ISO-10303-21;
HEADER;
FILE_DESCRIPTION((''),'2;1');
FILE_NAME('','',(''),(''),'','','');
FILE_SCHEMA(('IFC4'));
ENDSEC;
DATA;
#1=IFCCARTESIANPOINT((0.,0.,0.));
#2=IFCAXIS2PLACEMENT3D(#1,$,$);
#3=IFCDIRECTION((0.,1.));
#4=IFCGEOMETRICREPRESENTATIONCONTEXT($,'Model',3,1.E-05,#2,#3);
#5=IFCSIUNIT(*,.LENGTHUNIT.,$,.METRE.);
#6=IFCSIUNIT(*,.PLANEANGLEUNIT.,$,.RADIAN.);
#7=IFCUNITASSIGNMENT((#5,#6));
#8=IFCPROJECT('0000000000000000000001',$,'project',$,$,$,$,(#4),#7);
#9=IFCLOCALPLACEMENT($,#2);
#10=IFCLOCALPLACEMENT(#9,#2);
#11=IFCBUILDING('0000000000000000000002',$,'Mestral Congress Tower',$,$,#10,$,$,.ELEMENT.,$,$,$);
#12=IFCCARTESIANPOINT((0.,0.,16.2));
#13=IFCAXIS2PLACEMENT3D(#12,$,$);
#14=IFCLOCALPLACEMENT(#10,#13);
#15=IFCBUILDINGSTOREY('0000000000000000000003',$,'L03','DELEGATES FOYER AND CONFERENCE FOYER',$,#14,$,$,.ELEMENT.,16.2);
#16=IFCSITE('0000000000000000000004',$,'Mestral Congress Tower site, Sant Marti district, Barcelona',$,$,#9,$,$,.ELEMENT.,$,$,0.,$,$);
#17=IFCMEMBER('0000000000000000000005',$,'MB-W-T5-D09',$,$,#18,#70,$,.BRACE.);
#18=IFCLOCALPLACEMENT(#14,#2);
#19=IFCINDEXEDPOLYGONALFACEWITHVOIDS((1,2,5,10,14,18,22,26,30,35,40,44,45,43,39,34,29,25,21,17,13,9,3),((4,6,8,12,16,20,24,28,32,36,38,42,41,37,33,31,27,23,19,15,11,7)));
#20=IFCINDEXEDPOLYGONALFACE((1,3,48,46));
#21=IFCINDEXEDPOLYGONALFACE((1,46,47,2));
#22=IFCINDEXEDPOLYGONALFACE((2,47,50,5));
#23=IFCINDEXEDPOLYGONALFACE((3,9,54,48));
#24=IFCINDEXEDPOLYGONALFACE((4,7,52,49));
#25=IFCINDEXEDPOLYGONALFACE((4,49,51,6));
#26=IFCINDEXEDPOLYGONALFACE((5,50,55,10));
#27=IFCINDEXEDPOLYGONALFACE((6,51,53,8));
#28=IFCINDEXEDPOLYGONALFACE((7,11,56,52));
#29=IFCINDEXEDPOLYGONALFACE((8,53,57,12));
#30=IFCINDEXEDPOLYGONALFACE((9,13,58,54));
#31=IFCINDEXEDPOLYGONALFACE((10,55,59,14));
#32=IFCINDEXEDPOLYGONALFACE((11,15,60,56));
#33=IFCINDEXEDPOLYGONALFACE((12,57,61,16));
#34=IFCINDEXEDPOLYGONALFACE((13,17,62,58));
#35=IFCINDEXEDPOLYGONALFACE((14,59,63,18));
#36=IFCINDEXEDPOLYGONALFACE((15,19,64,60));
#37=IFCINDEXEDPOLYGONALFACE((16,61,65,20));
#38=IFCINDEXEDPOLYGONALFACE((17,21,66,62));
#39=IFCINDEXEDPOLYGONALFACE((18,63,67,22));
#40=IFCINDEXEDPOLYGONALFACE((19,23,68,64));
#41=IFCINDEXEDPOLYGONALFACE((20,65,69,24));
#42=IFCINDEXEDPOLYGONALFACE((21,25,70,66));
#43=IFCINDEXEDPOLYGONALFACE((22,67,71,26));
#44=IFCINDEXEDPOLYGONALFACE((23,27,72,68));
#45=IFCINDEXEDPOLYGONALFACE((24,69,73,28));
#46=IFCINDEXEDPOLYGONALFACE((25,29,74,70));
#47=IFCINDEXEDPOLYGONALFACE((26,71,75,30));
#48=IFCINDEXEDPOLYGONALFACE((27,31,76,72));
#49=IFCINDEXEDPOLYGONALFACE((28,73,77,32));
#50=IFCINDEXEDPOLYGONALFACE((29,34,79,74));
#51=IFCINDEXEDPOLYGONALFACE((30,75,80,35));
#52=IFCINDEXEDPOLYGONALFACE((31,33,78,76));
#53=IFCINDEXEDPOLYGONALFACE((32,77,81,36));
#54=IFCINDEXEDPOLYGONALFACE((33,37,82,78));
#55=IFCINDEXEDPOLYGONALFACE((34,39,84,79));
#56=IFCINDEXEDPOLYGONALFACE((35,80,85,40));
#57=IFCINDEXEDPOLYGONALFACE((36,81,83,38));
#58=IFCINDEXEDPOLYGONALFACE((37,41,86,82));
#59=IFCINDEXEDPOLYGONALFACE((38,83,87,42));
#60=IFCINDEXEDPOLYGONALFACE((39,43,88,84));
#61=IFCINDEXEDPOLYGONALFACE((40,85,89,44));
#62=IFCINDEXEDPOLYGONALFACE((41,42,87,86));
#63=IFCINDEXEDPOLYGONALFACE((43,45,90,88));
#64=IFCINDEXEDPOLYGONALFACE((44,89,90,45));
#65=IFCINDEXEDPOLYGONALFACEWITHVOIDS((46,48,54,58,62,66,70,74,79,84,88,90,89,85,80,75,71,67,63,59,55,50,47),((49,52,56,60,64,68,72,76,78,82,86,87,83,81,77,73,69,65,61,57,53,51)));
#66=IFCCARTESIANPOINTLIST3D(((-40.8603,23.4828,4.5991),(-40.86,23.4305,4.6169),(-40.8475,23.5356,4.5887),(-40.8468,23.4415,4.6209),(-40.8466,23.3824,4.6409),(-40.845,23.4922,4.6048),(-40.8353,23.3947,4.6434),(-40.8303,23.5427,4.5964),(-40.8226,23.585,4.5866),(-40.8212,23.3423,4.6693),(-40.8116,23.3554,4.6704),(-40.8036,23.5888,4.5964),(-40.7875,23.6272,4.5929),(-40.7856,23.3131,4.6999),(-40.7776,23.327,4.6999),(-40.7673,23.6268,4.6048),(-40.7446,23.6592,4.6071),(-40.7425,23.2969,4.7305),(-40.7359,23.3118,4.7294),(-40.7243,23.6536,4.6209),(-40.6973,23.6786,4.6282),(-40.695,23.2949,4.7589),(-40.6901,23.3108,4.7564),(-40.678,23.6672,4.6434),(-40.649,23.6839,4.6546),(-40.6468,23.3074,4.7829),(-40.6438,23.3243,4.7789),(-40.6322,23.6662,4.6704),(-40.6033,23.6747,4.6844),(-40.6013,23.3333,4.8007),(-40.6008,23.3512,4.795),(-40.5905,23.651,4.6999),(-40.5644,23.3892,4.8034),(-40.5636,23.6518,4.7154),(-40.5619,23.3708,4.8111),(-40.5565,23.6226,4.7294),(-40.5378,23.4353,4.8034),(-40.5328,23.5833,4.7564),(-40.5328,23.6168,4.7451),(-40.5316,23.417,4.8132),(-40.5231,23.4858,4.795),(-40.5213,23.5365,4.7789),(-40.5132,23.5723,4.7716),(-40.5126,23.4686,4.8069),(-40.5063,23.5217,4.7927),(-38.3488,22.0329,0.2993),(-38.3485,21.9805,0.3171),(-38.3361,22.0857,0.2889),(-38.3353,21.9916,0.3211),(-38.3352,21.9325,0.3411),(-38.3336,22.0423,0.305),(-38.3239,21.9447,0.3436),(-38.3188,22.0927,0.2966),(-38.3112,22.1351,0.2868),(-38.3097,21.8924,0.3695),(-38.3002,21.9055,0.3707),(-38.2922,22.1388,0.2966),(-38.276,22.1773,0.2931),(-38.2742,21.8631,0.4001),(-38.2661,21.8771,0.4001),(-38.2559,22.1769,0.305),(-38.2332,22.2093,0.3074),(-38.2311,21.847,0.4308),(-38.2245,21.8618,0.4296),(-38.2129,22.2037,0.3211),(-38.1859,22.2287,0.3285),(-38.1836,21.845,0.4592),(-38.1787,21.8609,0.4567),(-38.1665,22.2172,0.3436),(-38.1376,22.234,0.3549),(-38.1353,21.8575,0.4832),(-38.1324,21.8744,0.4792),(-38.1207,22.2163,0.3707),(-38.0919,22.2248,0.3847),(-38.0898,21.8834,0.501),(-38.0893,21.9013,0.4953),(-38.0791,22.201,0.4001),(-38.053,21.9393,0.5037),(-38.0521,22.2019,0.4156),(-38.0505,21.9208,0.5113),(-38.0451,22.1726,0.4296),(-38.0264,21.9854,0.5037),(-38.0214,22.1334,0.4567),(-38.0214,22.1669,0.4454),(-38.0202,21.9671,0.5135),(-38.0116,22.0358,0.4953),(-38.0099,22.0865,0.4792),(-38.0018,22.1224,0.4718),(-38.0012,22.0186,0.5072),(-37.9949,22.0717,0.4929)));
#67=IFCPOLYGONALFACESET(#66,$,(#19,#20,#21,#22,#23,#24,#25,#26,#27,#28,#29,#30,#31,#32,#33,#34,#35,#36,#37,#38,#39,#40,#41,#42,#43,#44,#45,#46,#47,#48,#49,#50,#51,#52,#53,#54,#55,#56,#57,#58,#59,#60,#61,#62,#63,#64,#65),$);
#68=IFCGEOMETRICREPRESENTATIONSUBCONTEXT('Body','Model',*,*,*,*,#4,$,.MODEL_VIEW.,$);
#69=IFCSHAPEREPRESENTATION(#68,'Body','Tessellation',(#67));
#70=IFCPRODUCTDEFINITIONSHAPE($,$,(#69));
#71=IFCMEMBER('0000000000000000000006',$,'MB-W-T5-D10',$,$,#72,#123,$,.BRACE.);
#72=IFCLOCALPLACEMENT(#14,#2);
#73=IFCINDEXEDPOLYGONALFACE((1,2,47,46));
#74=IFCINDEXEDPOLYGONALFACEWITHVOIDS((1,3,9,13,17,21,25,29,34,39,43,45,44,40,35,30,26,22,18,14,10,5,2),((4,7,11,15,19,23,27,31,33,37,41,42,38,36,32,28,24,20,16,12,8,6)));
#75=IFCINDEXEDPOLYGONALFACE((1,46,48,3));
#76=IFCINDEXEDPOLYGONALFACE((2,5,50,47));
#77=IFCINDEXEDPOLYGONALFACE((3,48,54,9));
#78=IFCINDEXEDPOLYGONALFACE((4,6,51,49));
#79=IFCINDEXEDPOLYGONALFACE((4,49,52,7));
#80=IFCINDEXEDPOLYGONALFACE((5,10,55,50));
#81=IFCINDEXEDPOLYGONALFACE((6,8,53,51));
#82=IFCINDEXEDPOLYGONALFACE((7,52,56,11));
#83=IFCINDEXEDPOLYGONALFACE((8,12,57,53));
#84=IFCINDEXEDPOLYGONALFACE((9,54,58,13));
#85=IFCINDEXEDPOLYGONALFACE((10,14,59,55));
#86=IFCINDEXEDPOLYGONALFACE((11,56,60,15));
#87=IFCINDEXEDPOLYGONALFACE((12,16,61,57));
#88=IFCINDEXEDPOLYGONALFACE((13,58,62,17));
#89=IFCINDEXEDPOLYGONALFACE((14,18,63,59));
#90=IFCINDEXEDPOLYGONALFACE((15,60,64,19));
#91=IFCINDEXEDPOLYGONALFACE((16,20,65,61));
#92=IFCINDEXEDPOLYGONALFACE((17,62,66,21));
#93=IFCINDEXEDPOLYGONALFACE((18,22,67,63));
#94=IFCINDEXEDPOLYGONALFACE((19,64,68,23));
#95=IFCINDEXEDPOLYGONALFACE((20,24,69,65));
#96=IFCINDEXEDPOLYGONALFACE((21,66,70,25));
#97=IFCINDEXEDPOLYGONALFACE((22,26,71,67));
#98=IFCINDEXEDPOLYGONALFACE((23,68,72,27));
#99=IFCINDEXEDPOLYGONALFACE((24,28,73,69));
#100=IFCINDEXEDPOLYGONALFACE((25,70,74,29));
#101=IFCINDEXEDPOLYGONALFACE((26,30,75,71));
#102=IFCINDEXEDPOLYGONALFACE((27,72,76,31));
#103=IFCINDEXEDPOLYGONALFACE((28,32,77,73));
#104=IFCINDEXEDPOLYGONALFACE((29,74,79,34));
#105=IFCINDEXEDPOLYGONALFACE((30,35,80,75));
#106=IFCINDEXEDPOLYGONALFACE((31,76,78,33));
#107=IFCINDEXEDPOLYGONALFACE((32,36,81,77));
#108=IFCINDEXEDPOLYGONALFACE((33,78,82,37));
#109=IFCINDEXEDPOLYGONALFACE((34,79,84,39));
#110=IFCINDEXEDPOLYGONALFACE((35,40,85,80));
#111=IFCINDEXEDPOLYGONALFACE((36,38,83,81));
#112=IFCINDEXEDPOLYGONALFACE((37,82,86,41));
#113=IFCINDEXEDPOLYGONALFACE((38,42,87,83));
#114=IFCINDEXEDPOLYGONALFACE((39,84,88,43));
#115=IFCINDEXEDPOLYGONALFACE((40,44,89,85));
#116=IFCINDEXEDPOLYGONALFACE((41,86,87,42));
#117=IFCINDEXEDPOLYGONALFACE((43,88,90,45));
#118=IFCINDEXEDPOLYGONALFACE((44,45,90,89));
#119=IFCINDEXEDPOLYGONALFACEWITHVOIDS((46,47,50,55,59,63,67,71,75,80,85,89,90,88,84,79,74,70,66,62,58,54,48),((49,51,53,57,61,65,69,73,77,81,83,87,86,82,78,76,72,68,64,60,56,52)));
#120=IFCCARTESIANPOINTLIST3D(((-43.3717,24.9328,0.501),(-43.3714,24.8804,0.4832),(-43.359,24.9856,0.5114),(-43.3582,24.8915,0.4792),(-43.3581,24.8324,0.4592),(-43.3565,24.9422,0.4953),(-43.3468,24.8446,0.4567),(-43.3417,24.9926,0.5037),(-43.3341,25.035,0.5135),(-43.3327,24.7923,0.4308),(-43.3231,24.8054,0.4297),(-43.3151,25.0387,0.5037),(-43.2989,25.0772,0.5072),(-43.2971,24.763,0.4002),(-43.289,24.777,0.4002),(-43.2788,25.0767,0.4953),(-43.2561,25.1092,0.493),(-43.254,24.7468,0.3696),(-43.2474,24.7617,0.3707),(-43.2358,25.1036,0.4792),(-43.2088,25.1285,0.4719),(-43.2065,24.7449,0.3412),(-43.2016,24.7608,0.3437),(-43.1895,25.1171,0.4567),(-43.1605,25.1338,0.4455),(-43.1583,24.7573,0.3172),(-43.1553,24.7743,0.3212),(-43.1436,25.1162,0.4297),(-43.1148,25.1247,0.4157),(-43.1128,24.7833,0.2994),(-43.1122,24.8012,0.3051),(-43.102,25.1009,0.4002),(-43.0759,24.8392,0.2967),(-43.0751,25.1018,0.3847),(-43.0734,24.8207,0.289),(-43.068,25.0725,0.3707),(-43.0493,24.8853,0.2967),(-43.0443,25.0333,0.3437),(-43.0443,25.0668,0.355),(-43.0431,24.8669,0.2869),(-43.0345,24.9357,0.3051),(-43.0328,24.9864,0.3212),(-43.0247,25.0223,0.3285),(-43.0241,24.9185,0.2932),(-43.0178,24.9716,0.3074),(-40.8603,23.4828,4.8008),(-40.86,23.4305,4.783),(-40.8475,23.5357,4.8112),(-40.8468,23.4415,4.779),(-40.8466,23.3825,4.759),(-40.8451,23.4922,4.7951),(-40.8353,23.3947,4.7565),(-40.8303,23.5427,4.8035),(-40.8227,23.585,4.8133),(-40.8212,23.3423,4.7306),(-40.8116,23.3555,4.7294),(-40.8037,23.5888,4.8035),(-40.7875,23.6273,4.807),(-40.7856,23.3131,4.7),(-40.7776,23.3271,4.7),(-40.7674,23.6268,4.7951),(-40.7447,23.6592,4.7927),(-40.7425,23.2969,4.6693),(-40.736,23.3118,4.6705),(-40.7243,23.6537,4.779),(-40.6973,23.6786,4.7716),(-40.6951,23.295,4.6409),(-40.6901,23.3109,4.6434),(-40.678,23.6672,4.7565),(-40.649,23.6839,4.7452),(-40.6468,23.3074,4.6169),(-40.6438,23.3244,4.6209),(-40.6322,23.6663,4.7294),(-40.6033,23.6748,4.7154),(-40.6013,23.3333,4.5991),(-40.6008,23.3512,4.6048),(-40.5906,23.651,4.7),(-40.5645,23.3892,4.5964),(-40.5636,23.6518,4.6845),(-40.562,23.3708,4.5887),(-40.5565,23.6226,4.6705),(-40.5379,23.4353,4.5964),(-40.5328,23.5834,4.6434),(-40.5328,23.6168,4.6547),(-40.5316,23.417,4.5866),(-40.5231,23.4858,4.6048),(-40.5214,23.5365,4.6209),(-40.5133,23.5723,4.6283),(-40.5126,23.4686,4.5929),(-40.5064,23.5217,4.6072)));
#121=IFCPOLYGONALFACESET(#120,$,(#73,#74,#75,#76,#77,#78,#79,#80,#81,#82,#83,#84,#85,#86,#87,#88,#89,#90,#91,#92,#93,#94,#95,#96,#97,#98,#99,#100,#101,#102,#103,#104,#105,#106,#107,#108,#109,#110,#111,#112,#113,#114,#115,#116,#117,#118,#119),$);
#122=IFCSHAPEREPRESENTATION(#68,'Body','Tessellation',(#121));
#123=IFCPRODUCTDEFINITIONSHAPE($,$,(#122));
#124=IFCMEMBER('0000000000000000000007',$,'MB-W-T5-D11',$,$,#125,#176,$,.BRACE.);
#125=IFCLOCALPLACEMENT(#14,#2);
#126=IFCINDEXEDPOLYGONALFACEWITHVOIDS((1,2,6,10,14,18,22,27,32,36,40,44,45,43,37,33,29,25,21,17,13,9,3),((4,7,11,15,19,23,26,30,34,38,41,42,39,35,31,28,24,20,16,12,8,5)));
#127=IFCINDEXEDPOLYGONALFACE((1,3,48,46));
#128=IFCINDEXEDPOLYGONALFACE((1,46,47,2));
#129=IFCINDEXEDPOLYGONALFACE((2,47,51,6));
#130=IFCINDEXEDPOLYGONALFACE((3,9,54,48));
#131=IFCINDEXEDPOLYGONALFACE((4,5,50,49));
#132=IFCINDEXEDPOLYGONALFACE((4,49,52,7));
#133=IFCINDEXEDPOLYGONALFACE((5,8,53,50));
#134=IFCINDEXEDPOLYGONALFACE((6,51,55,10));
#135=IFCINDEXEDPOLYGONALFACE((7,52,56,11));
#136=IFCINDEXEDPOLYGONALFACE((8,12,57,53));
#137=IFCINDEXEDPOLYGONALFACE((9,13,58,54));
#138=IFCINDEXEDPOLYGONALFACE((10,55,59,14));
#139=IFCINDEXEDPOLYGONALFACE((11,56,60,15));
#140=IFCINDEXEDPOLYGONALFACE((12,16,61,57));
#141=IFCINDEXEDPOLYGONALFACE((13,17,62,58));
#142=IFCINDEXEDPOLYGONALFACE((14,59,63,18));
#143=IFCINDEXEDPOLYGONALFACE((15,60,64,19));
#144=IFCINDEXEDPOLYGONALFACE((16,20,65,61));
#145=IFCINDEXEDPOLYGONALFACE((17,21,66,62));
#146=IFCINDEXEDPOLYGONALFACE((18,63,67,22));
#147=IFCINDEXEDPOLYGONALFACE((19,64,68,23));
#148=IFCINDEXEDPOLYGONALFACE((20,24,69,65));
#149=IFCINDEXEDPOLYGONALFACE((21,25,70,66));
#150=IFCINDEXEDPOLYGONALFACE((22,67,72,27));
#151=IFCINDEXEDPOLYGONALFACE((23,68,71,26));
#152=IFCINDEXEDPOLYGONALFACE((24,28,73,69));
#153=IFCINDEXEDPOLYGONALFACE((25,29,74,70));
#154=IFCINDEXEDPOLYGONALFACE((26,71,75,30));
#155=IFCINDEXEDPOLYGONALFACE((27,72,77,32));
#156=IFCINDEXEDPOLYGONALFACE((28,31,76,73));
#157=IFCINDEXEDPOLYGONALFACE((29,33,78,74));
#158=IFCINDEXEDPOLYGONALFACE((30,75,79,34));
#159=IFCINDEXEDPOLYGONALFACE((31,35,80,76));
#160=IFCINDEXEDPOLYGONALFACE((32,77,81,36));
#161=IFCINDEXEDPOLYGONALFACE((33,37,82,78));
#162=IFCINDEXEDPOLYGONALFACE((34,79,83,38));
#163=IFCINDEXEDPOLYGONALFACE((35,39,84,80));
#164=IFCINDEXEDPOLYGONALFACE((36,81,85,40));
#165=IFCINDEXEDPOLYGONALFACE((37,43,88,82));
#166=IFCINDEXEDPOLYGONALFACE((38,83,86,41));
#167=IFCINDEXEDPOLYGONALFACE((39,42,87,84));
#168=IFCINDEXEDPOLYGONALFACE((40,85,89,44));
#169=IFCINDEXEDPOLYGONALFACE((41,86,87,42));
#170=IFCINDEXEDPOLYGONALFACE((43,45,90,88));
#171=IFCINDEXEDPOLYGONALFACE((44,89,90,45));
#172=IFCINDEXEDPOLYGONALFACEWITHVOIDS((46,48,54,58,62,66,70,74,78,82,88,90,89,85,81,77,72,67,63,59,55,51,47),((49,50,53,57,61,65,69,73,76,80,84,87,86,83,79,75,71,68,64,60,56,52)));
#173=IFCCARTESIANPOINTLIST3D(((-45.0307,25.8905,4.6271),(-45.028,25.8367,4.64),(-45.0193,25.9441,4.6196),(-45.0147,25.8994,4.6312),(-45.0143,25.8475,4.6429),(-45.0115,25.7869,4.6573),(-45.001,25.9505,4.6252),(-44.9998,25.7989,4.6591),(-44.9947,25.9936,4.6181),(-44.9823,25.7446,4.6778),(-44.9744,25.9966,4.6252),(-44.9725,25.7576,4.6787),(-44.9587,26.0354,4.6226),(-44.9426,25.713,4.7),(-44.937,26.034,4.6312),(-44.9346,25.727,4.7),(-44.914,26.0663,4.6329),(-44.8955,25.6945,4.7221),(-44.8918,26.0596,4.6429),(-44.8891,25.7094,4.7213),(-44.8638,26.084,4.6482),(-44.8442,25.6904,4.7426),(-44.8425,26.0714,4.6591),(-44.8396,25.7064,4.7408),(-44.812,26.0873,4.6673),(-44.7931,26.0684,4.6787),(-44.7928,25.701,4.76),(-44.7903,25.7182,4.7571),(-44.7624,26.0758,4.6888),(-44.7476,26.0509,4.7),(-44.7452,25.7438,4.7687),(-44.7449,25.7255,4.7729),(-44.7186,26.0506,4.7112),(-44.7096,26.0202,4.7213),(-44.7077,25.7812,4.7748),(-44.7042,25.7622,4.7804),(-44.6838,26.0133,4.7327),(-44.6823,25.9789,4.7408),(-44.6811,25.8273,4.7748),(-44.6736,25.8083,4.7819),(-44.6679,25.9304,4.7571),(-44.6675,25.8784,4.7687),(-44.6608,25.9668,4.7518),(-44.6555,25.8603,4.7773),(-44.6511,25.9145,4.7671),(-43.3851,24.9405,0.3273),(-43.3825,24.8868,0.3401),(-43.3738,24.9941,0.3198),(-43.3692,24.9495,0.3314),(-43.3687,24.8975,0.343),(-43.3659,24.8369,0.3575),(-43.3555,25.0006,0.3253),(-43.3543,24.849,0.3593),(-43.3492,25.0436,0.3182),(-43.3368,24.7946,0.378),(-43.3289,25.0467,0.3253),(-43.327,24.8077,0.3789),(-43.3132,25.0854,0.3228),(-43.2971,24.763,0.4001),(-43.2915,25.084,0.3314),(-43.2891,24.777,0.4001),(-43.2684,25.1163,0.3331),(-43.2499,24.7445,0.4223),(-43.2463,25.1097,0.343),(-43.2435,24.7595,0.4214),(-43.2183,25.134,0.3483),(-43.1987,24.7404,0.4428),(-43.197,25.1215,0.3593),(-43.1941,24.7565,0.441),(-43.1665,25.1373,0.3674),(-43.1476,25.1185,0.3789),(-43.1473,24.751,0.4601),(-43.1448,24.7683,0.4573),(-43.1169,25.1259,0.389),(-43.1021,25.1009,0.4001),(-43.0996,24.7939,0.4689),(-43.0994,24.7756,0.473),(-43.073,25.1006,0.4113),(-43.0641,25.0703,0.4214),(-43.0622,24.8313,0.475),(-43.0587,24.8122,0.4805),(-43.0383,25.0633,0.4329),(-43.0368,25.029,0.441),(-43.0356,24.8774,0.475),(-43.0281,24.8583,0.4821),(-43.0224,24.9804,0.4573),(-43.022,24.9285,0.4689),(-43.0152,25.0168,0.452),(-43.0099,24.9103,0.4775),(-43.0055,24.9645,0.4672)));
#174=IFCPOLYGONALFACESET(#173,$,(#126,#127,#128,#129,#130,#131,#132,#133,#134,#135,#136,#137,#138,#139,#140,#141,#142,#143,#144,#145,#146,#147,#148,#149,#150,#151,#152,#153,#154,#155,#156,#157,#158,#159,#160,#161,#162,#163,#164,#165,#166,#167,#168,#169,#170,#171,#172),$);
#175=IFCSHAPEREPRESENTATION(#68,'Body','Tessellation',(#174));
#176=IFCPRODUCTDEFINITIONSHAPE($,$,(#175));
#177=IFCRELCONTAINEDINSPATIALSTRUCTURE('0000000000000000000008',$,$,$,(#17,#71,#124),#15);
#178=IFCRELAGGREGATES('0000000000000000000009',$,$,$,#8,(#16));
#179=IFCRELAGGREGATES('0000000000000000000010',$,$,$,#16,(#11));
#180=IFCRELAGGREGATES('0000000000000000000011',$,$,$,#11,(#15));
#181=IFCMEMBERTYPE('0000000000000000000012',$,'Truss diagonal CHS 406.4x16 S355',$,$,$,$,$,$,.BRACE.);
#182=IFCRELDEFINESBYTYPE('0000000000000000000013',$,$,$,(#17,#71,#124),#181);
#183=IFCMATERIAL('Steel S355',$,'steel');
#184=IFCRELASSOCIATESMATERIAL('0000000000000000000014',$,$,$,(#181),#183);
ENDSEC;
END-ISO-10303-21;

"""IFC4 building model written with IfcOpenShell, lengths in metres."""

from ifc_helpers import new_model, si_unit, direction, frame, origin, origin_2d, place, context, subcontext, project, spatial, hollow_circle, extrude, material, material_profile, profile_set, type_object, element, save


model = new_model("IFC4")

# Units and contexts
model_context = context("Model", 3, precision=1e-05, world=origin(), true_north=direction((0.0, 1.0)))
body_context = subcontext(model_context, "Body", "Model", "MODEL_VIEW")
ifc_project = project(units=[si_unit("LENGTHUNIT", "METRE"), si_unit("PLANEANGLEUNIT", "RADIAN")], contexts=[model_context])

# Site, building, storey
site_placement = place(None, origin())
site = spatial("IfcSite", under=ifc_project, at=site_placement, Name="Mestral Congress Tower site, Sant Marti district, Barcelona", CompositionType="ELEMENT", RefElevation=0.0)
building_placement = place(site_placement, origin())
building = spatial("IfcBuilding", under=site, at=building_placement, Name="Mestral Congress Tower", CompositionType="ELEMENT")
storey_placement = place(building_placement, frame((0.0, 0.0, 16.2)))
storey = spatial("IfcBuildingStorey", under=building, at=storey_placement, Name="L03", Description="DELEGATES FOYER AND CONFERENCE FOYER", CompositionType="ELEMENT", Elevation=16.2)

# Members
ifc_material = material(Name="Steel S355", Category="steel")
ifc_material_profile_1 = material_profile(ifc_material, hollow_circle(Radius=0.2031, WallThickness=0.0161, at=origin_2d()), Name="CHS 406.4x16")
ifc_profile_set_1 = profile_set([ifc_material_profile_1], Name="Steel S355")
member_type_1 = type_object("IfcMemberType", Name="Truss diagonal CHS 406.4x16 S355", PredefinedType="BRACE", material=ifc_profile_set_1)
for number, where, z_axis, x_axis, name in (
    (1, (-38.1726, 22.0391, 0.4001), (-0.484247, 0.279571, 0.829062), (-0.499987, -0.866033, 0.0), "MB-W-T5-D09"),
    (2, (-40.6841, 23.489, 4.7), (-0.484247, 0.279571, -0.829062), (-0.499987, -0.866033, 0.0), "MB-W-T5-D10"),
):
    element("IfcMember", number, at=place(storey_placement, frame(where, z_axis=z_axis, x_axis=x_axis)), inside=storey, type_object=member_type_1, Name=name, PredefinedType="BRACE", context=body_context, shape_type="SweptSolid", body=[
        extrude(hollow_circle(Radius=0.2031, WallThickness=0.0161, at=origin_2d()), origin(), (0.0, 0.0, 1.0), 5.1863),
    ])
for number, where, z_axis, x_axis, name in (
    (3, (-43.1956, 24.939, 0.4001), (-0.350041, 0.202079, 0.914678), (-0.499967, -0.866044, 0.0), "MB-W-T5-D11"),
):
    element("IfcMember", number, at=place(storey_placement, frame(where, z_axis=z_axis, x_axis=x_axis)), inside=storey, type_object=member_type_1, Name=name, PredefinedType="BRACE", context=body_context, shape_type="SweptSolid", body=[
        extrude(hollow_circle(Radius=0.2031, WallThickness=0.0161, at=origin_2d()), origin(), (0.0, 0.0, 1.0), 4.7009),
    ])

save(model, "model.ifc")
